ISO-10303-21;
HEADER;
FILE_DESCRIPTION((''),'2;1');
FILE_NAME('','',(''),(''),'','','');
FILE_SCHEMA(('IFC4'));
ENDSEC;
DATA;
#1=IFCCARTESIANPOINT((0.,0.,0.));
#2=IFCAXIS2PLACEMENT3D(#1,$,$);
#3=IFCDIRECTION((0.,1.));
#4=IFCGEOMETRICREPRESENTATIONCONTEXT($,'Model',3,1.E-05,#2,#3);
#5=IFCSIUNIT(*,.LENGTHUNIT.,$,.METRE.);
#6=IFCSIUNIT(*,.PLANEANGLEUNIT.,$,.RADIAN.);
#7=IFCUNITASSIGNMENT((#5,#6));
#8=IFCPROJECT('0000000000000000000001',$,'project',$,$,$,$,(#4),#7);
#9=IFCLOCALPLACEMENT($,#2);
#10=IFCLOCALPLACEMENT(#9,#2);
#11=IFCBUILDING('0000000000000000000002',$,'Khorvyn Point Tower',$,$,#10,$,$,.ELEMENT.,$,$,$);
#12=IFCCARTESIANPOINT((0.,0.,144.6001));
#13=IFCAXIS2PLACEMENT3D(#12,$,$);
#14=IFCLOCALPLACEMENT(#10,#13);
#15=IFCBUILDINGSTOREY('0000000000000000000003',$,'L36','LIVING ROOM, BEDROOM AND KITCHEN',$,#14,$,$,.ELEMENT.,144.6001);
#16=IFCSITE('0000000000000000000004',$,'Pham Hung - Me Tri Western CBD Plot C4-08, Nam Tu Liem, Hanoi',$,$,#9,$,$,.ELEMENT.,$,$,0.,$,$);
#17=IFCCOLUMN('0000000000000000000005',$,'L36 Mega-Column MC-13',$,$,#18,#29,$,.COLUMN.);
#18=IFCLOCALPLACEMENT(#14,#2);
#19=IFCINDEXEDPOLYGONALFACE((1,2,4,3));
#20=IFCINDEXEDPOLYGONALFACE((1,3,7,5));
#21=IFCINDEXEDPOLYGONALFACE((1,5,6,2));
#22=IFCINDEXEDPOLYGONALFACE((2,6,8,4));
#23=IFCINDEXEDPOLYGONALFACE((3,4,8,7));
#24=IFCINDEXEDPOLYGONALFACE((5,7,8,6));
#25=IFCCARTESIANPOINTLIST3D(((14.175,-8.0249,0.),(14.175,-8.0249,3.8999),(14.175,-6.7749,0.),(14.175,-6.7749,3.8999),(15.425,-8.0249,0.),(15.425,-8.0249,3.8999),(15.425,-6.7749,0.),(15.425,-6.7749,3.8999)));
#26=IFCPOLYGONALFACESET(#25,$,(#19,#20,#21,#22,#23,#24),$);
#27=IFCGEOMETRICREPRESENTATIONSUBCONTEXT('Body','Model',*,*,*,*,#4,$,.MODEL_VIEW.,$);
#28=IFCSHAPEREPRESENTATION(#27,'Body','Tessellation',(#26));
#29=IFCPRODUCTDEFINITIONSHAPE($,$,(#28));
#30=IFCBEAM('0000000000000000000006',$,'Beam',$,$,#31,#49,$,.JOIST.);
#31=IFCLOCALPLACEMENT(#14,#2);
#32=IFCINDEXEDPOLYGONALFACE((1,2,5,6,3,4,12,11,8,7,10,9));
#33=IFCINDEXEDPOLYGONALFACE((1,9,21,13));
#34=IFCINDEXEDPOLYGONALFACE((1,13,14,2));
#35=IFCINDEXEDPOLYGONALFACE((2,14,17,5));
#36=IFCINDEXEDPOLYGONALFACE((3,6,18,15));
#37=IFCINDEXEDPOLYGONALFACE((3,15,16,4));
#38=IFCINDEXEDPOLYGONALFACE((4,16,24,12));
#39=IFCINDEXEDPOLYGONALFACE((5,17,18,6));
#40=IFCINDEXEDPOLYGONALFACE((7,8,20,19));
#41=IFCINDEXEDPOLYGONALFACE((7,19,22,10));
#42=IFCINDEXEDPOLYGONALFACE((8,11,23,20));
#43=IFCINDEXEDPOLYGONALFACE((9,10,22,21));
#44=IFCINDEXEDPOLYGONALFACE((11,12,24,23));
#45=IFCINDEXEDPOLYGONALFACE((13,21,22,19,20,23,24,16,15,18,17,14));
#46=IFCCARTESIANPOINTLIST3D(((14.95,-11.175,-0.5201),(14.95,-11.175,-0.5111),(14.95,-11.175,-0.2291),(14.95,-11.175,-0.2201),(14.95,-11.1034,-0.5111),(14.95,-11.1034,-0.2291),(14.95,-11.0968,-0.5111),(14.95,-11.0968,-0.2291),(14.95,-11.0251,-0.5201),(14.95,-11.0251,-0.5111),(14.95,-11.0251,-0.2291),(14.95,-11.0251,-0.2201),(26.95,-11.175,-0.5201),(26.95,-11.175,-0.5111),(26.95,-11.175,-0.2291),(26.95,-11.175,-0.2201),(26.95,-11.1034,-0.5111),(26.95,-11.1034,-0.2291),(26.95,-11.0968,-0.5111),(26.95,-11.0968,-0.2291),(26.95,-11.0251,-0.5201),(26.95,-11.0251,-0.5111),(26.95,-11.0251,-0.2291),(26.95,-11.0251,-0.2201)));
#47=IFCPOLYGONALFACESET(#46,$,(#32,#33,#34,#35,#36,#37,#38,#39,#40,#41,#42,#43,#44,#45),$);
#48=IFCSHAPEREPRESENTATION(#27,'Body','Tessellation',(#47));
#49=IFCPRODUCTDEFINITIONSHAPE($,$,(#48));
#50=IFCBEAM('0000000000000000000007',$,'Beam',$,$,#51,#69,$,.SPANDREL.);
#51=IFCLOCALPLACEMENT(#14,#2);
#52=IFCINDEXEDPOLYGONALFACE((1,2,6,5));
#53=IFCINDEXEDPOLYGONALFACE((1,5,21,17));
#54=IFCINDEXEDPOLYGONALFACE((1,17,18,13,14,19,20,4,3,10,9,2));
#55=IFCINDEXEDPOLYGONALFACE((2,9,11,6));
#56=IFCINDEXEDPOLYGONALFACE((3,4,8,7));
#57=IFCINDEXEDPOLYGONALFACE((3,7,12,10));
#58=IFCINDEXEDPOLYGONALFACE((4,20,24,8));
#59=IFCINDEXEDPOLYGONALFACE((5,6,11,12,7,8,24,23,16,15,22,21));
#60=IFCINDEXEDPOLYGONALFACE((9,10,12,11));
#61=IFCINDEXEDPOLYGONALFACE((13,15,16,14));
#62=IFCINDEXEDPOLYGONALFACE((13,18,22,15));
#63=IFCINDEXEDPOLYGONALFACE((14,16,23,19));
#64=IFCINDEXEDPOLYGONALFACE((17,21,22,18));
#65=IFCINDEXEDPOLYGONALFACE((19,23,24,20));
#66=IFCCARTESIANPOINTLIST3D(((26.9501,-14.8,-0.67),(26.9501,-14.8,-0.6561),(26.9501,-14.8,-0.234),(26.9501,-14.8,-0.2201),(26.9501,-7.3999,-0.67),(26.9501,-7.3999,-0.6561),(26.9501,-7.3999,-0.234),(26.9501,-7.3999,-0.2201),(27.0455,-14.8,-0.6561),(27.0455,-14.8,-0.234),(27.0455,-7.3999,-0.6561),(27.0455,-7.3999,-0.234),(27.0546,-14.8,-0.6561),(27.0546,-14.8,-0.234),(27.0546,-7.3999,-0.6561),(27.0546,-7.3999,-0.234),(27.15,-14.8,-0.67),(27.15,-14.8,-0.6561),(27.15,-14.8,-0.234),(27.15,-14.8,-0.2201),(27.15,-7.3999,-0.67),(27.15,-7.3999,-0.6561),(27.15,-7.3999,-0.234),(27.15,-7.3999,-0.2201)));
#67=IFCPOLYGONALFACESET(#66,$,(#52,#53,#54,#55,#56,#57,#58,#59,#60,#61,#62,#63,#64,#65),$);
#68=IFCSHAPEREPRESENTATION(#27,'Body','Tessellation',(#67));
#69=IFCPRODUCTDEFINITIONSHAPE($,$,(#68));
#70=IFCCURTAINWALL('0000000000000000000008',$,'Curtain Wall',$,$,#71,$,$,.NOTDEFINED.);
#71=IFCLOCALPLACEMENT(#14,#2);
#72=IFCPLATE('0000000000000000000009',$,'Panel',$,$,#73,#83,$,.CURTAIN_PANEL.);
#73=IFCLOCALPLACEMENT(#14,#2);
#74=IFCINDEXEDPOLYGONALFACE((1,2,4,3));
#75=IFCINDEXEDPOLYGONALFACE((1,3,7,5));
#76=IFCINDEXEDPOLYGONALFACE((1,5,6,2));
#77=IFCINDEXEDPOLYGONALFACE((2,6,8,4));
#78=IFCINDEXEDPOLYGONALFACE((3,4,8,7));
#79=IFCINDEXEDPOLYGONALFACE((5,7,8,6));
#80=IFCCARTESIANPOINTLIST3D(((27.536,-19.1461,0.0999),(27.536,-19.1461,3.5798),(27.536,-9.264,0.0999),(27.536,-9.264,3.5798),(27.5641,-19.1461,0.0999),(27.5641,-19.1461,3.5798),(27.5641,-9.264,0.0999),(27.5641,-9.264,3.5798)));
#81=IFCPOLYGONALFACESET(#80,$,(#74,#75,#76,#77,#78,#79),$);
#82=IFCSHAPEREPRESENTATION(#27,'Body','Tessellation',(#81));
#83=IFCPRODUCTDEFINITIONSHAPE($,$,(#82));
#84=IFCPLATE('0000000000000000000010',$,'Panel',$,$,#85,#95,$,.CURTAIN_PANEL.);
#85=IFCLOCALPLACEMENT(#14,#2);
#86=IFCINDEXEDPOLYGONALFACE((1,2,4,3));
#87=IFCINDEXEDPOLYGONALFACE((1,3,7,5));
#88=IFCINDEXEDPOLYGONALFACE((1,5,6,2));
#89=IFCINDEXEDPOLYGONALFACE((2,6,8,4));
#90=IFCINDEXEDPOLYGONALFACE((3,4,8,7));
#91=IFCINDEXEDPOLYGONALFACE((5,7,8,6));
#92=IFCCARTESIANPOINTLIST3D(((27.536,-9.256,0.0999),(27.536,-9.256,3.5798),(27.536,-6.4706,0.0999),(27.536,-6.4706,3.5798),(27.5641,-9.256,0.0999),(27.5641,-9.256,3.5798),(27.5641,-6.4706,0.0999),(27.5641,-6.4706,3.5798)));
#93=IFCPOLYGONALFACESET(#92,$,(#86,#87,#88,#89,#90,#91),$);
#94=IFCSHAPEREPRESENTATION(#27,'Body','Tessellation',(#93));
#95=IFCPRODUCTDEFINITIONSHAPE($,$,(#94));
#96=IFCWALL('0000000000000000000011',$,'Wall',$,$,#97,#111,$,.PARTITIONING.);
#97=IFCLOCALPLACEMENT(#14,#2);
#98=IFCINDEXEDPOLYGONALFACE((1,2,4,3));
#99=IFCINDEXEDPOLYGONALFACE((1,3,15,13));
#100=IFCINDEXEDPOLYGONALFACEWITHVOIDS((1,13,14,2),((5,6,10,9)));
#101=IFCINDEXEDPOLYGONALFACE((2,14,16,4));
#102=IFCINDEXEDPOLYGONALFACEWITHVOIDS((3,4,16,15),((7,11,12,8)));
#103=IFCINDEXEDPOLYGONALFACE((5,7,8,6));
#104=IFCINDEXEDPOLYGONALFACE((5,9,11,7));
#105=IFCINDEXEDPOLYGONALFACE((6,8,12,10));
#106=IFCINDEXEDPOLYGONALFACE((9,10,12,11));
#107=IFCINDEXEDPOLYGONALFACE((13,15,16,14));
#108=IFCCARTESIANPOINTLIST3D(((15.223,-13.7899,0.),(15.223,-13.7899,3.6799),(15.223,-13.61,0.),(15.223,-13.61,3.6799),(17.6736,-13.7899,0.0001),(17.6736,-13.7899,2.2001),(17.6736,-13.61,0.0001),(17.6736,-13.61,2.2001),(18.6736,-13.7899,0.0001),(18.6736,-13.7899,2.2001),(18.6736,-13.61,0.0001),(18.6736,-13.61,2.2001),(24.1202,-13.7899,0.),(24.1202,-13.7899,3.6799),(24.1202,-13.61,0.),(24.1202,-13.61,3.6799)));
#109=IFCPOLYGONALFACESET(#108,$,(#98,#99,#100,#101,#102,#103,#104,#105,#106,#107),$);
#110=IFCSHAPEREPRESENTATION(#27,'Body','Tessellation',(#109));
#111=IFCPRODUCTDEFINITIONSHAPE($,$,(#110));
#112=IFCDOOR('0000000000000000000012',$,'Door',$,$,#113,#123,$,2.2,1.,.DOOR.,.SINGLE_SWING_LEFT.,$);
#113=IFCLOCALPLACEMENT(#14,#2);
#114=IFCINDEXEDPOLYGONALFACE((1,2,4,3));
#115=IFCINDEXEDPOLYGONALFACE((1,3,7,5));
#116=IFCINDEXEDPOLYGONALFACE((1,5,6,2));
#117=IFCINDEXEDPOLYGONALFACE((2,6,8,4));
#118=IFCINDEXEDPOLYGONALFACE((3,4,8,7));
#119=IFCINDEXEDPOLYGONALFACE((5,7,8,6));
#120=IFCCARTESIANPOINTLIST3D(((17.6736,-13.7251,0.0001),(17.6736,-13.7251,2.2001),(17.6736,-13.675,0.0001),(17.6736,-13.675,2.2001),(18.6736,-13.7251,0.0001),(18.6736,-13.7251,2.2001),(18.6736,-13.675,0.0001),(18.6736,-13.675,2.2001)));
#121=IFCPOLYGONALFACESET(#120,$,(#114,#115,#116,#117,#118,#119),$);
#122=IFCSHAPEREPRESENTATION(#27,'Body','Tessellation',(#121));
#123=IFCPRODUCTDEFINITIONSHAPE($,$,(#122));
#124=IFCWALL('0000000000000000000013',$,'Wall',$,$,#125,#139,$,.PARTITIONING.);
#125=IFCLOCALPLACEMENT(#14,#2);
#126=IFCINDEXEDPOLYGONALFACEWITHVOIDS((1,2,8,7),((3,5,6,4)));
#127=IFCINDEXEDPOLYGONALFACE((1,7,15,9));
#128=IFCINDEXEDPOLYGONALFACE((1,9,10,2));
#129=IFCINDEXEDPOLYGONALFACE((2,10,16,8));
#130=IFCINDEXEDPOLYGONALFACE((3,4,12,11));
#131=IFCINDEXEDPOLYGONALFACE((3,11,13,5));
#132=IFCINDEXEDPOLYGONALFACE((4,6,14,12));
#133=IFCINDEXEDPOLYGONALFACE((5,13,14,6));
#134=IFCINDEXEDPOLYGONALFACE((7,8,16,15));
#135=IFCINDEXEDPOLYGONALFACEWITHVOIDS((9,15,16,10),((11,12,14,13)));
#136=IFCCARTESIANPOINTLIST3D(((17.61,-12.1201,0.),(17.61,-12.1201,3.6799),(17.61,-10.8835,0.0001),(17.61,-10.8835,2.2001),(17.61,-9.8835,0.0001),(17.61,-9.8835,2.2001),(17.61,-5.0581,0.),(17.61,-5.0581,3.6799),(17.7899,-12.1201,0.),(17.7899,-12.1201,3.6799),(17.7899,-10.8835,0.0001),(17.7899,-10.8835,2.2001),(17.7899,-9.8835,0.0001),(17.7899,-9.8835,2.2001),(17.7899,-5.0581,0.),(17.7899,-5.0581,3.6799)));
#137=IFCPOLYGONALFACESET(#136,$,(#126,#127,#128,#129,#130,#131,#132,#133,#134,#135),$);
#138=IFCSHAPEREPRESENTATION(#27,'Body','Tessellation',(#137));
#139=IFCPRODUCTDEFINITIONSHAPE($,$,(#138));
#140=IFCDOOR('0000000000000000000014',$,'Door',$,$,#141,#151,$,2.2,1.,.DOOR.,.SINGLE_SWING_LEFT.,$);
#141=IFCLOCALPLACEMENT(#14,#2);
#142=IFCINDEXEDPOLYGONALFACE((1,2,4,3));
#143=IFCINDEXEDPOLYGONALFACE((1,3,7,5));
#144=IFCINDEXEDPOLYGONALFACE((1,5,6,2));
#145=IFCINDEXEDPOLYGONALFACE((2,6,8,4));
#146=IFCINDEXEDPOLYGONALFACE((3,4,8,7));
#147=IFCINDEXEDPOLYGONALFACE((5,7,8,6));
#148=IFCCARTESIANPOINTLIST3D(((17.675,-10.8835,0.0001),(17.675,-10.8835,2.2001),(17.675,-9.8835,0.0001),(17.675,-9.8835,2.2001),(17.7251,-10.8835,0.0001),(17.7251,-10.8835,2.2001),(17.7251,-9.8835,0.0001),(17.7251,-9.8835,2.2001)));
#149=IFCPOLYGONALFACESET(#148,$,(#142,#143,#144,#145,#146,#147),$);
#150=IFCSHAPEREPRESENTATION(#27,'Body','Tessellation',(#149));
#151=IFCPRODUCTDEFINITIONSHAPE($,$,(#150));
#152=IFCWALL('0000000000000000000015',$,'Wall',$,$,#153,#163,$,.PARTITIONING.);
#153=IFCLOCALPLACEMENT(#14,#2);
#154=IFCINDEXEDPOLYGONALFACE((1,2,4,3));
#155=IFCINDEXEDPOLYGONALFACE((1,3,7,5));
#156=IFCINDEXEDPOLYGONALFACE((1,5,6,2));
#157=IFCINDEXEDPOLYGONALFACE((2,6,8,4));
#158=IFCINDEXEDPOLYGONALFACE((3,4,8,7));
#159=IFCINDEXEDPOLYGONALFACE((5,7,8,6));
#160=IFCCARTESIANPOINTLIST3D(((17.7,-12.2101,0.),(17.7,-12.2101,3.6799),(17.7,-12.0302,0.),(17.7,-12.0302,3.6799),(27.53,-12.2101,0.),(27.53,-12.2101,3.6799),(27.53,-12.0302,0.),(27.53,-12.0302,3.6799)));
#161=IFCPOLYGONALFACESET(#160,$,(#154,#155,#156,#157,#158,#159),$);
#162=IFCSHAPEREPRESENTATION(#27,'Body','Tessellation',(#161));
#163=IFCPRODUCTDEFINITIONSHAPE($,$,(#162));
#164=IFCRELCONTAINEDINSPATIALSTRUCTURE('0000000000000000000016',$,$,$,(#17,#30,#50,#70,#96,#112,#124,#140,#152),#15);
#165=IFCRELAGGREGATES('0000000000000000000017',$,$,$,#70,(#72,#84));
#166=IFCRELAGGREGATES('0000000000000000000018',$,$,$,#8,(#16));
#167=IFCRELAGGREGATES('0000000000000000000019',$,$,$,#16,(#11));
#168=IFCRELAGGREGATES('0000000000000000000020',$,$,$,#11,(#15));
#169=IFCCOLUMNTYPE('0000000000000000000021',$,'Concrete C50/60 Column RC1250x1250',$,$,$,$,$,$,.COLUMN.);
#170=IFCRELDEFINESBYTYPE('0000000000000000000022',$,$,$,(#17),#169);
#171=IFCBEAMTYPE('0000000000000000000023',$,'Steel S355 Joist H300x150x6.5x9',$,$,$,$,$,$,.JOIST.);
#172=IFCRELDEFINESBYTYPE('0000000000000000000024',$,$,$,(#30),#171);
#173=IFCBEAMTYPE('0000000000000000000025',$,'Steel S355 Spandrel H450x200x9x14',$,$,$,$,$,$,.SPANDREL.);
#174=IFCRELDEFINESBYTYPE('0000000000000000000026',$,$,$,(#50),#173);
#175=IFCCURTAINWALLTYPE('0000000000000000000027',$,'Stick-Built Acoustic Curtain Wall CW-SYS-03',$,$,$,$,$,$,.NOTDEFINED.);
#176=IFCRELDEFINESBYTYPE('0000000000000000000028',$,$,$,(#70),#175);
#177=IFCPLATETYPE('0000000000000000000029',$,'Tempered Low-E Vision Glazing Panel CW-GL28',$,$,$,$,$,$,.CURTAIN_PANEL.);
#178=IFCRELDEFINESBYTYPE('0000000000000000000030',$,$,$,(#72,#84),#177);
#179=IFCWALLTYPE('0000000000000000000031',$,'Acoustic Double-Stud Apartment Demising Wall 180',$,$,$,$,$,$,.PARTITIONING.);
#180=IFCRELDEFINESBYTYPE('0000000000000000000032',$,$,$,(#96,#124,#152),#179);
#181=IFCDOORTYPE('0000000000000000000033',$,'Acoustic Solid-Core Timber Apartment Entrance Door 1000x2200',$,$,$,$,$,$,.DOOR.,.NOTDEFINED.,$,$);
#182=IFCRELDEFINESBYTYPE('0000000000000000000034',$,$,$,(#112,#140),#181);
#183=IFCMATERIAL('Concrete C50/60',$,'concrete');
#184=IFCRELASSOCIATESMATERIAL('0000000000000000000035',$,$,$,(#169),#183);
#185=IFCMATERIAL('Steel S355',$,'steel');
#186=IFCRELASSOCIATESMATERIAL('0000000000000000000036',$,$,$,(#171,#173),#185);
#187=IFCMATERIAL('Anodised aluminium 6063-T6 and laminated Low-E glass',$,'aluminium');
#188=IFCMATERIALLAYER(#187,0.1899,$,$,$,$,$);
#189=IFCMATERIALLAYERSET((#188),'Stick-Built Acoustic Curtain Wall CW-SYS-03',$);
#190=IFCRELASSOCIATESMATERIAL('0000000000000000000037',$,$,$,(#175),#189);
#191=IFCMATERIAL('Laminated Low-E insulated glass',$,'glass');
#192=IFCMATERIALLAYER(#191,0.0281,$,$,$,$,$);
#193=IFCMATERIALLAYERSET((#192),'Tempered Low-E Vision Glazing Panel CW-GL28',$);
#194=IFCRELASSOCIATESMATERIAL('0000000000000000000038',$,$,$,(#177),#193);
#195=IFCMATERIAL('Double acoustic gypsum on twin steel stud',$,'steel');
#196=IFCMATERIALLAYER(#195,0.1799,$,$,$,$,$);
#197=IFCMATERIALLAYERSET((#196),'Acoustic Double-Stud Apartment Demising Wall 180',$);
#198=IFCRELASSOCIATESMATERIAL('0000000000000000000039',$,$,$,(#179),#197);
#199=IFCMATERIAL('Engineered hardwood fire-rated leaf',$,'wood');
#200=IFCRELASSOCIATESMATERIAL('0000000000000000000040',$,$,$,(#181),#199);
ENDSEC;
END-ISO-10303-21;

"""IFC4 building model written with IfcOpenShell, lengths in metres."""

from ifc_helpers import new_model, si_unit, direction, frame, frame_2d, origin, origin_2d, place, context, subcontext, project, spatial, rectangle, i_section, extrude, material, layer, layer_set, material_profile, profile_set, type_object, element, fill, aggregate, save


model = new_model("IFC4")

# Units and contexts
model_context = context("Model", 3, precision=1e-05, world=origin(), true_north=direction((0.0, 1.0)))
body_context = subcontext(model_context, "Body", "Model", "MODEL_VIEW")
ifc_project = project(units=[si_unit("LENGTHUNIT", "METRE"), si_unit("PLANEANGLEUNIT", "RADIAN")], contexts=[model_context])

# Site, building, storey
site_placement = place(None, origin())
site = spatial("IfcSite", under=ifc_project, at=site_placement, Name="Pham Hung - Me Tri Western CBD Plot C4-08, Nam Tu Liem, Hanoi", CompositionType="ELEMENT", RefElevation=0.0)
building_placement = place(site_placement, origin())
building = spatial("IfcBuilding", under=site, at=building_placement, Name="Khorvyn Point Tower", CompositionType="ELEMENT")
storey_placement = place(building_placement, frame((0.0, 0.0, 144.6001)))
storey = spatial("IfcBuildingStorey", under=building, at=storey_placement, Name="L36", Description="LIVING ROOM, BEDROOM AND KITCHEN", CompositionType="ELEMENT", Elevation=144.6001)

# Column
ifc_material_1 = material(Name="Concrete C50/60", Category="concrete")
ifc_material_profile_1 = material_profile(ifc_material_1, rectangle(XDim=1.25, YDim=1.25, at=origin_2d()))
ifc_profile_set_1 = profile_set([ifc_material_profile_1], Name="Concrete C50/60 RC1250x1250")
column_type = type_object("IfcColumnType", Name="Concrete C50/60 Column RC1250x1250", PredefinedType="COLUMN", material=ifc_profile_set_1)
column_placement = place(storey_placement, frame((14.8, -7.3999, 0.0), z_axis=(0.0, 0.0, 1.0), x_axis=(1.0, 0.0, 0.0)))
element("IfcColumn", 1, at=column_placement, inside=storey, type_object=column_type, Name="L36 Mega-Column MC-13", PredefinedType="COLUMN", context=body_context, shape_type="SweptSolid", body=[
    extrude(rectangle(XDim=1.25, YDim=1.25, at=origin_2d()), origin(), (0.0, 0.0, 1.0), 3.8999),
])

# Beams
ifc_material_2 = material(Name="Steel S355", Category="steel")
ifc_material_profile_2 = material_profile(ifc_material_2, i_section(OverallWidth=0.1499, OverallDepth=0.3, WebThickness=0.0066, FlangeThickness=0.009, at=origin_2d()))
ifc_profile_set_2 = profile_set([ifc_material_profile_2], Name="Steel S355 H300x150x6.5x9")
beam_type_1 = type_object("IfcBeamType", Name="Steel S355 Joist H300x150x6.5x9", PredefinedType="JOIST", material=ifc_profile_set_2)
beam_1_placement = place(storey_placement, frame((14.95, -11.1001, -0.3701), z_axis=(1.0, 0.0, 0.0), x_axis=(0.0, 1.0, 0.0)))
element("IfcBeam", 2, at=beam_1_placement, inside=storey, type_object=beam_type_1, Name="Beam", PredefinedType="JOIST", context=body_context, shape_type="SweptSolid", body=[
    extrude(i_section(OverallWidth=0.1499, OverallDepth=0.3, WebThickness=0.0066, FlangeThickness=0.009, at=origin_2d()), origin(), (0.0, 0.0, 1.0), 12.0),
])
ifc_material_profile_3 = material_profile(ifc_material_2, i_section(OverallWidth=0.2, OverallDepth=0.45, WebThickness=0.009, FlangeThickness=0.0139, at=origin_2d()))
ifc_profile_set_3 = profile_set([ifc_material_profile_3], Name="Steel S355 H450x200x9x14")
beam_type_2 = type_object("IfcBeamType", Name="Steel S355 Spandrel H450x200x9x14", PredefinedType="SPANDREL", material=ifc_profile_set_3)
beam_2_placement = place(storey_placement, frame((27.05, -14.8, -0.4451), z_axis=(0.0, 1.0, 0.0), x_axis=(-1.0, 0.0, 0.0)))
element("IfcBeam", 3, at=beam_2_placement, inside=storey, type_object=beam_type_2, Name="Beam", PredefinedType="SPANDREL", context=body_context, shape_type="SweptSolid", body=[
    extrude(i_section(OverallWidth=0.2, OverallDepth=0.45, WebThickness=0.009, FlangeThickness=0.0139, at=origin_2d()), origin(), (0.0, 0.0, 1.0), 7.4001),
])

# Curtain wall, plates
ifc_material_3 = material(Name="Anodised aluminium 6063-T6 and laminated Low-E glass", Category="aluminium")
ifc_layer_1 = layer(ifc_material_3, 0.1899)
ifc_layer_set_1 = layer_set([ifc_layer_1], Name="Stick-Built Acoustic Curtain Wall CW-SYS-03")
curtain_wall_type = type_object("IfcCurtainWallType", Name="Stick-Built Acoustic Curtain Wall CW-SYS-03", PredefinedType="NOTDEFINED", material=ifc_layer_set_1)
curtain_wall_placement = place(storey_placement, origin())
curtain_wall = element("IfcCurtainWall", 4, at=curtain_wall_placement, inside=storey, type_object=curtain_wall_type, Name="Curtain Wall", PredefinedType="NOTDEFINED")
ifc_material_4 = material(Name="Laminated Low-E insulated glass", Category="glass")
ifc_layer_2 = layer(ifc_material_4, 0.0281)
ifc_layer_set_2 = layer_set([ifc_layer_2], Name="Tempered Low-E Vision Glazing Panel CW-GL28")
plate_type = type_object("IfcPlateType", Name="Tempered Low-E Vision Glazing Panel CW-GL28", PredefinedType="CURTAIN_PANEL", material=ifc_layer_set_2)
plate_1_placement = place(storey_placement, frame((27.55, -14.2051, 0.0999), z_axis=(0.0, 0.0, 1.0), x_axis=(0.0, -1.0, 0.0)))
plate_1 = element("IfcPlate", 5, at=plate_1_placement, type_object=plate_type, Name="Panel", PredefinedType="CURTAIN_PANEL", context=body_context, shape_type="SweptSolid", body=[
    extrude(rectangle(XDim=9.8821, YDim=0.0281, at=origin_2d()), origin(), (0.0, 0.0, 1.0), 3.48),
])
plate_2_placement = place(storey_placement, frame((27.55, -7.8633, 0.0999), z_axis=(0.0, 0.0, 1.0), x_axis=(0.0, -1.0, 0.0)))
plate_2 = element("IfcPlate", 6, at=plate_2_placement, type_object=plate_type, Name="Panel", PredefinedType="CURTAIN_PANEL", context=body_context, shape_type="SweptSolid", body=[
    extrude(rectangle(XDim=2.7854, YDim=0.0281, at=origin_2d()), origin(), (0.0, 0.0, 1.0), 3.48),
])
aggregate(curtain_wall, [plate_1, plate_2])

# Walls, openings, doors
ifc_material_5 = material(Name="Double acoustic gypsum on twin steel stud", Category="steel")
ifc_layer_3 = layer(ifc_material_5, 0.1799)
ifc_layer_set_3 = layer_set([ifc_layer_3], Name="Acoustic Double-Stud Apartment Demising Wall 180")
wall_type_1 = type_object("IfcWallType", Name="Acoustic Double-Stud Apartment Demising Wall 180", PredefinedType="PARTITIONING", material=ifc_layer_set_3)
wall_1_placement = place(storey_placement, frame((15.2229, -13.7, 0.0), z_axis=(0.0, 0.0, 1.0), x_axis=(1.0, 0.0, 0.0)))
wall_1 = element("IfcWall", 7, at=wall_1_placement, inside=storey, type_object=wall_type_1, Name="Wall", PredefinedType="PARTITIONING", context=body_context, shape_type="SweptSolid", body=[
    extrude(rectangle(XDim=8.8972, YDim=0.1799, at=frame_2d((4.4487, 0.0))), origin(), (0.0, 0.0, 1.0), 3.6799),
])
opening_1_placement = place(wall_1_placement, frame((2.4507, 0.0, 0.0)))
opening_1 = element("IfcOpeningElement", 8, at=opening_1_placement, cuts=wall_1, PredefinedType="OPENING", context=body_context, shape_type="SweptSolid", body=[
    extrude(rectangle(XDim=1.0, YDim=2.2, at=frame_2d((0.5, 1.1001))), frame((0.0, 0.0999, 0.0), z_axis=(0.0, -1.0, 0.0), x_axis=(1.0, 0.0, 0.0)), (0.0, 0.0, 1.0), 0.2),
])
ifc_material_6 = material(Name="Engineered hardwood fire-rated leaf", Category="wood")
door_type_1 = type_object("IfcDoorType", Name="Acoustic Solid-Core Timber Apartment Entrance Door 1000x2200", OperationType="NOTDEFINED", PredefinedType="DOOR", material=ifc_material_6)
door_1_placement = place(opening_1_placement, origin())
door_1 = element("IfcDoor", 9, at=door_1_placement, inside=storey, type_object=door_type_1, Name="Door", OperationType="SINGLE_SWING_LEFT", OverallHeight=2.2, OverallWidth=1.0, PredefinedType="DOOR", context=body_context, shape_type="SweptSolid", body=[
    extrude(rectangle(XDim=1.0, YDim=2.2, at=frame_2d((0.5, 1.1001))), frame((0.0, 0.0249, 0.0), z_axis=(0.0, -1.0, 0.0), x_axis=(1.0, 0.0, 0.0)), (0.0, 0.0, 1.0), 0.05),
])
fill(opening_1, door_1)
wall_2_placement = place(storey_placement, frame((17.7, -12.1201, 0.0), z_axis=(0.0, 0.0, 1.0), x_axis=(0.0, 1.0, 0.0)))
wall_2 = element("IfcWall", 10, at=wall_2_placement, inside=storey, type_object=wall_type_1, Name="Wall", PredefinedType="PARTITIONING", context=body_context, shape_type="SweptSolid", body=[
    extrude(rectangle(XDim=7.062, YDim=0.1799, at=frame_2d((3.531, 0.0))), origin(), (0.0, 0.0, 1.0), 3.6799),
])
opening_2_placement = place(wall_2_placement, frame((1.2366, 0.0, 0.0)))
opening_2 = element("IfcOpeningElement", 11, at=opening_2_placement, cuts=wall_2, PredefinedType="OPENING", context=body_context, shape_type="SweptSolid", body=[
    extrude(rectangle(XDim=1.0, YDim=2.2, at=frame_2d((0.5, 1.1001))), frame((0.0, 0.0999, 0.0), z_axis=(0.0, -1.0, 0.0), x_axis=(1.0, 0.0, 0.0)), (0.0, 0.0, 1.0), 0.2),
])
door_2_placement = place(opening_2_placement, origin())
door_2 = element("IfcDoor", 12, at=door_2_placement, inside=storey, type_object=door_type_1, Name="Door", OperationType="SINGLE_SWING_LEFT", OverallHeight=2.2, OverallWidth=1.0, PredefinedType="DOOR", context=body_context, shape_type="SweptSolid", body=[
    extrude(rectangle(XDim=1.0, YDim=2.2, at=frame_2d((0.5, 1.1001))), frame((0.0, 0.0249, 0.0), z_axis=(0.0, -1.0, 0.0), x_axis=(1.0, 0.0, 0.0)), (0.0, 0.0, 1.0), 0.05),
])
fill(opening_2, door_2)

# Wall
wall_3_placement = place(storey_placement, frame((17.7, -12.1201, 0.0), z_axis=(0.0, 0.0, 1.0), x_axis=(1.0, 0.0, 0.0)))
element("IfcWall", 13, at=wall_3_placement, inside=storey, type_object=wall_type_1, Name="Wall", PredefinedType="PARTITIONING", context=body_context, shape_type="SweptSolid", body=[
    extrude(rectangle(XDim=9.8301, YDim=0.1799, at=frame_2d((4.915, 0.0))), origin(), (0.0, 0.0, 1.0), 3.6799),
])

save(model, "model.ifc")
